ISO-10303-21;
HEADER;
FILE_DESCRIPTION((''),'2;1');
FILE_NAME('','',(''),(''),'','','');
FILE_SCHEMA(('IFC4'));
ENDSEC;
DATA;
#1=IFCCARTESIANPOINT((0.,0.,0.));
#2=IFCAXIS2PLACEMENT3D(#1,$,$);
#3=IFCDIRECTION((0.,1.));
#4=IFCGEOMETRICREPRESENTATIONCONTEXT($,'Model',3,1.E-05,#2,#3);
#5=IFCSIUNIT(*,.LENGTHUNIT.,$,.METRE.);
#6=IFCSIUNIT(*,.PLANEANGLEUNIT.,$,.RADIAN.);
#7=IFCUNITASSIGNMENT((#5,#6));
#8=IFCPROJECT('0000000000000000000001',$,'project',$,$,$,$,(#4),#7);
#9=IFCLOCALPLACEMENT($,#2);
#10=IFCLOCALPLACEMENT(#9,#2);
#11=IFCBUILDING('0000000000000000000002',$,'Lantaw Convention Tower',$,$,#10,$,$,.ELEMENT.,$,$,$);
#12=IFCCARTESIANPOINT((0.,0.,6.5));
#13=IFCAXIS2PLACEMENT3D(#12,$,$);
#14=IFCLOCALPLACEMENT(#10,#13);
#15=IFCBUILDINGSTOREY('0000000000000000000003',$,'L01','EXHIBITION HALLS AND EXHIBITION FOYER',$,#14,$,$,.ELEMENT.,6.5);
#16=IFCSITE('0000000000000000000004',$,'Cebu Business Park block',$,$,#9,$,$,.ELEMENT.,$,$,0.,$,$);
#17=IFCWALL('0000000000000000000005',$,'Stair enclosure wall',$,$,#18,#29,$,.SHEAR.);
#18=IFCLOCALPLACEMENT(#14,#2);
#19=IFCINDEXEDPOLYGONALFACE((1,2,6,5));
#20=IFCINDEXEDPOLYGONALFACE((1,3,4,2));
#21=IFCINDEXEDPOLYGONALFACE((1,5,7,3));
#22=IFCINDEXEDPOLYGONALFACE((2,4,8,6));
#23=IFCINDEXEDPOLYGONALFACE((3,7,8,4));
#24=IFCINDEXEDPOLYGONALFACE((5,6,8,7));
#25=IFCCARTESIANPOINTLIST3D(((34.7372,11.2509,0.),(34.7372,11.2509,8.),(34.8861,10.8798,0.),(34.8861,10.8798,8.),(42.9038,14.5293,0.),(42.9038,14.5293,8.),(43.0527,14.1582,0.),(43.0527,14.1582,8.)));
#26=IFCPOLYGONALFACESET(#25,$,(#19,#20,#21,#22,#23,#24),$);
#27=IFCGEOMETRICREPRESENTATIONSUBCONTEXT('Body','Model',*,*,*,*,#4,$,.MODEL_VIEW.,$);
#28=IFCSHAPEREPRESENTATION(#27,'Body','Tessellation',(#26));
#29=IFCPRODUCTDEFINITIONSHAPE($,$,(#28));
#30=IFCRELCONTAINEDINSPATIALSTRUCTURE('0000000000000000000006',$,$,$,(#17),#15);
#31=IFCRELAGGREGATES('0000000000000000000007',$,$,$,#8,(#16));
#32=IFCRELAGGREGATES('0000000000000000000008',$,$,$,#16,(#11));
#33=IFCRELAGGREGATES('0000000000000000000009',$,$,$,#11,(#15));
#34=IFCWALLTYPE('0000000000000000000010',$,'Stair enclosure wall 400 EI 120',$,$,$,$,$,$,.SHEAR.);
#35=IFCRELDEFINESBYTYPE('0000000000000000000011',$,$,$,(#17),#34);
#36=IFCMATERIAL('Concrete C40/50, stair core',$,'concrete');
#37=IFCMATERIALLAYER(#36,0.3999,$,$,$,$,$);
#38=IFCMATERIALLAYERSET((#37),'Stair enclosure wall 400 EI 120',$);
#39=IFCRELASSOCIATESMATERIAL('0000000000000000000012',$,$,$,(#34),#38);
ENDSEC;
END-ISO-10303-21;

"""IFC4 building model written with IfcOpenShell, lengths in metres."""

from ifc_helpers import new_model, si_unit, direction, frame, frame_2d, origin, place, context, subcontext, project, spatial, rectangle, extrude, material, layer, layer_set, type_object, element, save


model = new_model("IFC4")

# Units and contexts
model_context = context("Model", 3, precision=1e-05, world=origin(), true_north=direction((0.0, 1.0)))
body_context = subcontext(model_context, "Body", "Model", "MODEL_VIEW")
ifc_project = project(units=[si_unit("LENGTHUNIT", "METRE"), si_unit("PLANEANGLEUNIT", "RADIAN")], contexts=[model_context])

# Site, building, storey
site_placement = place(None, origin())
site = spatial("IfcSite", under=ifc_project, at=site_placement, Name="Cebu Business Park block", CompositionType="ELEMENT", RefElevation=0.0)
building_placement = place(site_placement, origin())
building = spatial("IfcBuilding", under=site, at=building_placement, Name="Lantaw Convention Tower", CompositionType="ELEMENT")
storey_placement = place(building_placement, frame((0.0, 0.0, 6.5)))
storey = spatial("IfcBuildingStorey", under=building, at=storey_placement, Name="L01", Description="EXHIBITION HALLS AND EXHIBITION FOYER", CompositionType="ELEMENT", Elevation=6.5)

# Shared definitions
ifc_material_1 = material(Name="Concrete C40/50, stair core", Category="concrete")
ifc_layer_1 = layer(ifc_material_1, 0.3999)
ifc_layer_set_1 = layer_set([ifc_layer_1], Name="Stair enclosure wall 400 EI 120")
wall_type_1 = type_object("IfcWallType", Name="Stair enclosure wall 400 EI 120", PredefinedType="SHEAR", material=ifc_layer_set_1)

# Wall
wall_1_placement = place(storey_placement, frame((34.8118, 11.0654, 0.0), z_axis=(0.0, 0.0, 1.0), x_axis=(0.928017, 0.372538, 0.0)))
element("IfcWall", 1, at=wall_1_placement, inside=storey, type_object=wall_type_1, Name="Stair enclosure wall", PredefinedType="SHEAR", context=body_context, shape_type="SweptSolid", body=[
    extrude(rectangle(XDim=8.8, YDim=0.3999, at=frame_2d((4.3999, 0.0))), origin(), (0.0, 0.0, 1.0), 8.0),
])

save(model, "model.ifc")
